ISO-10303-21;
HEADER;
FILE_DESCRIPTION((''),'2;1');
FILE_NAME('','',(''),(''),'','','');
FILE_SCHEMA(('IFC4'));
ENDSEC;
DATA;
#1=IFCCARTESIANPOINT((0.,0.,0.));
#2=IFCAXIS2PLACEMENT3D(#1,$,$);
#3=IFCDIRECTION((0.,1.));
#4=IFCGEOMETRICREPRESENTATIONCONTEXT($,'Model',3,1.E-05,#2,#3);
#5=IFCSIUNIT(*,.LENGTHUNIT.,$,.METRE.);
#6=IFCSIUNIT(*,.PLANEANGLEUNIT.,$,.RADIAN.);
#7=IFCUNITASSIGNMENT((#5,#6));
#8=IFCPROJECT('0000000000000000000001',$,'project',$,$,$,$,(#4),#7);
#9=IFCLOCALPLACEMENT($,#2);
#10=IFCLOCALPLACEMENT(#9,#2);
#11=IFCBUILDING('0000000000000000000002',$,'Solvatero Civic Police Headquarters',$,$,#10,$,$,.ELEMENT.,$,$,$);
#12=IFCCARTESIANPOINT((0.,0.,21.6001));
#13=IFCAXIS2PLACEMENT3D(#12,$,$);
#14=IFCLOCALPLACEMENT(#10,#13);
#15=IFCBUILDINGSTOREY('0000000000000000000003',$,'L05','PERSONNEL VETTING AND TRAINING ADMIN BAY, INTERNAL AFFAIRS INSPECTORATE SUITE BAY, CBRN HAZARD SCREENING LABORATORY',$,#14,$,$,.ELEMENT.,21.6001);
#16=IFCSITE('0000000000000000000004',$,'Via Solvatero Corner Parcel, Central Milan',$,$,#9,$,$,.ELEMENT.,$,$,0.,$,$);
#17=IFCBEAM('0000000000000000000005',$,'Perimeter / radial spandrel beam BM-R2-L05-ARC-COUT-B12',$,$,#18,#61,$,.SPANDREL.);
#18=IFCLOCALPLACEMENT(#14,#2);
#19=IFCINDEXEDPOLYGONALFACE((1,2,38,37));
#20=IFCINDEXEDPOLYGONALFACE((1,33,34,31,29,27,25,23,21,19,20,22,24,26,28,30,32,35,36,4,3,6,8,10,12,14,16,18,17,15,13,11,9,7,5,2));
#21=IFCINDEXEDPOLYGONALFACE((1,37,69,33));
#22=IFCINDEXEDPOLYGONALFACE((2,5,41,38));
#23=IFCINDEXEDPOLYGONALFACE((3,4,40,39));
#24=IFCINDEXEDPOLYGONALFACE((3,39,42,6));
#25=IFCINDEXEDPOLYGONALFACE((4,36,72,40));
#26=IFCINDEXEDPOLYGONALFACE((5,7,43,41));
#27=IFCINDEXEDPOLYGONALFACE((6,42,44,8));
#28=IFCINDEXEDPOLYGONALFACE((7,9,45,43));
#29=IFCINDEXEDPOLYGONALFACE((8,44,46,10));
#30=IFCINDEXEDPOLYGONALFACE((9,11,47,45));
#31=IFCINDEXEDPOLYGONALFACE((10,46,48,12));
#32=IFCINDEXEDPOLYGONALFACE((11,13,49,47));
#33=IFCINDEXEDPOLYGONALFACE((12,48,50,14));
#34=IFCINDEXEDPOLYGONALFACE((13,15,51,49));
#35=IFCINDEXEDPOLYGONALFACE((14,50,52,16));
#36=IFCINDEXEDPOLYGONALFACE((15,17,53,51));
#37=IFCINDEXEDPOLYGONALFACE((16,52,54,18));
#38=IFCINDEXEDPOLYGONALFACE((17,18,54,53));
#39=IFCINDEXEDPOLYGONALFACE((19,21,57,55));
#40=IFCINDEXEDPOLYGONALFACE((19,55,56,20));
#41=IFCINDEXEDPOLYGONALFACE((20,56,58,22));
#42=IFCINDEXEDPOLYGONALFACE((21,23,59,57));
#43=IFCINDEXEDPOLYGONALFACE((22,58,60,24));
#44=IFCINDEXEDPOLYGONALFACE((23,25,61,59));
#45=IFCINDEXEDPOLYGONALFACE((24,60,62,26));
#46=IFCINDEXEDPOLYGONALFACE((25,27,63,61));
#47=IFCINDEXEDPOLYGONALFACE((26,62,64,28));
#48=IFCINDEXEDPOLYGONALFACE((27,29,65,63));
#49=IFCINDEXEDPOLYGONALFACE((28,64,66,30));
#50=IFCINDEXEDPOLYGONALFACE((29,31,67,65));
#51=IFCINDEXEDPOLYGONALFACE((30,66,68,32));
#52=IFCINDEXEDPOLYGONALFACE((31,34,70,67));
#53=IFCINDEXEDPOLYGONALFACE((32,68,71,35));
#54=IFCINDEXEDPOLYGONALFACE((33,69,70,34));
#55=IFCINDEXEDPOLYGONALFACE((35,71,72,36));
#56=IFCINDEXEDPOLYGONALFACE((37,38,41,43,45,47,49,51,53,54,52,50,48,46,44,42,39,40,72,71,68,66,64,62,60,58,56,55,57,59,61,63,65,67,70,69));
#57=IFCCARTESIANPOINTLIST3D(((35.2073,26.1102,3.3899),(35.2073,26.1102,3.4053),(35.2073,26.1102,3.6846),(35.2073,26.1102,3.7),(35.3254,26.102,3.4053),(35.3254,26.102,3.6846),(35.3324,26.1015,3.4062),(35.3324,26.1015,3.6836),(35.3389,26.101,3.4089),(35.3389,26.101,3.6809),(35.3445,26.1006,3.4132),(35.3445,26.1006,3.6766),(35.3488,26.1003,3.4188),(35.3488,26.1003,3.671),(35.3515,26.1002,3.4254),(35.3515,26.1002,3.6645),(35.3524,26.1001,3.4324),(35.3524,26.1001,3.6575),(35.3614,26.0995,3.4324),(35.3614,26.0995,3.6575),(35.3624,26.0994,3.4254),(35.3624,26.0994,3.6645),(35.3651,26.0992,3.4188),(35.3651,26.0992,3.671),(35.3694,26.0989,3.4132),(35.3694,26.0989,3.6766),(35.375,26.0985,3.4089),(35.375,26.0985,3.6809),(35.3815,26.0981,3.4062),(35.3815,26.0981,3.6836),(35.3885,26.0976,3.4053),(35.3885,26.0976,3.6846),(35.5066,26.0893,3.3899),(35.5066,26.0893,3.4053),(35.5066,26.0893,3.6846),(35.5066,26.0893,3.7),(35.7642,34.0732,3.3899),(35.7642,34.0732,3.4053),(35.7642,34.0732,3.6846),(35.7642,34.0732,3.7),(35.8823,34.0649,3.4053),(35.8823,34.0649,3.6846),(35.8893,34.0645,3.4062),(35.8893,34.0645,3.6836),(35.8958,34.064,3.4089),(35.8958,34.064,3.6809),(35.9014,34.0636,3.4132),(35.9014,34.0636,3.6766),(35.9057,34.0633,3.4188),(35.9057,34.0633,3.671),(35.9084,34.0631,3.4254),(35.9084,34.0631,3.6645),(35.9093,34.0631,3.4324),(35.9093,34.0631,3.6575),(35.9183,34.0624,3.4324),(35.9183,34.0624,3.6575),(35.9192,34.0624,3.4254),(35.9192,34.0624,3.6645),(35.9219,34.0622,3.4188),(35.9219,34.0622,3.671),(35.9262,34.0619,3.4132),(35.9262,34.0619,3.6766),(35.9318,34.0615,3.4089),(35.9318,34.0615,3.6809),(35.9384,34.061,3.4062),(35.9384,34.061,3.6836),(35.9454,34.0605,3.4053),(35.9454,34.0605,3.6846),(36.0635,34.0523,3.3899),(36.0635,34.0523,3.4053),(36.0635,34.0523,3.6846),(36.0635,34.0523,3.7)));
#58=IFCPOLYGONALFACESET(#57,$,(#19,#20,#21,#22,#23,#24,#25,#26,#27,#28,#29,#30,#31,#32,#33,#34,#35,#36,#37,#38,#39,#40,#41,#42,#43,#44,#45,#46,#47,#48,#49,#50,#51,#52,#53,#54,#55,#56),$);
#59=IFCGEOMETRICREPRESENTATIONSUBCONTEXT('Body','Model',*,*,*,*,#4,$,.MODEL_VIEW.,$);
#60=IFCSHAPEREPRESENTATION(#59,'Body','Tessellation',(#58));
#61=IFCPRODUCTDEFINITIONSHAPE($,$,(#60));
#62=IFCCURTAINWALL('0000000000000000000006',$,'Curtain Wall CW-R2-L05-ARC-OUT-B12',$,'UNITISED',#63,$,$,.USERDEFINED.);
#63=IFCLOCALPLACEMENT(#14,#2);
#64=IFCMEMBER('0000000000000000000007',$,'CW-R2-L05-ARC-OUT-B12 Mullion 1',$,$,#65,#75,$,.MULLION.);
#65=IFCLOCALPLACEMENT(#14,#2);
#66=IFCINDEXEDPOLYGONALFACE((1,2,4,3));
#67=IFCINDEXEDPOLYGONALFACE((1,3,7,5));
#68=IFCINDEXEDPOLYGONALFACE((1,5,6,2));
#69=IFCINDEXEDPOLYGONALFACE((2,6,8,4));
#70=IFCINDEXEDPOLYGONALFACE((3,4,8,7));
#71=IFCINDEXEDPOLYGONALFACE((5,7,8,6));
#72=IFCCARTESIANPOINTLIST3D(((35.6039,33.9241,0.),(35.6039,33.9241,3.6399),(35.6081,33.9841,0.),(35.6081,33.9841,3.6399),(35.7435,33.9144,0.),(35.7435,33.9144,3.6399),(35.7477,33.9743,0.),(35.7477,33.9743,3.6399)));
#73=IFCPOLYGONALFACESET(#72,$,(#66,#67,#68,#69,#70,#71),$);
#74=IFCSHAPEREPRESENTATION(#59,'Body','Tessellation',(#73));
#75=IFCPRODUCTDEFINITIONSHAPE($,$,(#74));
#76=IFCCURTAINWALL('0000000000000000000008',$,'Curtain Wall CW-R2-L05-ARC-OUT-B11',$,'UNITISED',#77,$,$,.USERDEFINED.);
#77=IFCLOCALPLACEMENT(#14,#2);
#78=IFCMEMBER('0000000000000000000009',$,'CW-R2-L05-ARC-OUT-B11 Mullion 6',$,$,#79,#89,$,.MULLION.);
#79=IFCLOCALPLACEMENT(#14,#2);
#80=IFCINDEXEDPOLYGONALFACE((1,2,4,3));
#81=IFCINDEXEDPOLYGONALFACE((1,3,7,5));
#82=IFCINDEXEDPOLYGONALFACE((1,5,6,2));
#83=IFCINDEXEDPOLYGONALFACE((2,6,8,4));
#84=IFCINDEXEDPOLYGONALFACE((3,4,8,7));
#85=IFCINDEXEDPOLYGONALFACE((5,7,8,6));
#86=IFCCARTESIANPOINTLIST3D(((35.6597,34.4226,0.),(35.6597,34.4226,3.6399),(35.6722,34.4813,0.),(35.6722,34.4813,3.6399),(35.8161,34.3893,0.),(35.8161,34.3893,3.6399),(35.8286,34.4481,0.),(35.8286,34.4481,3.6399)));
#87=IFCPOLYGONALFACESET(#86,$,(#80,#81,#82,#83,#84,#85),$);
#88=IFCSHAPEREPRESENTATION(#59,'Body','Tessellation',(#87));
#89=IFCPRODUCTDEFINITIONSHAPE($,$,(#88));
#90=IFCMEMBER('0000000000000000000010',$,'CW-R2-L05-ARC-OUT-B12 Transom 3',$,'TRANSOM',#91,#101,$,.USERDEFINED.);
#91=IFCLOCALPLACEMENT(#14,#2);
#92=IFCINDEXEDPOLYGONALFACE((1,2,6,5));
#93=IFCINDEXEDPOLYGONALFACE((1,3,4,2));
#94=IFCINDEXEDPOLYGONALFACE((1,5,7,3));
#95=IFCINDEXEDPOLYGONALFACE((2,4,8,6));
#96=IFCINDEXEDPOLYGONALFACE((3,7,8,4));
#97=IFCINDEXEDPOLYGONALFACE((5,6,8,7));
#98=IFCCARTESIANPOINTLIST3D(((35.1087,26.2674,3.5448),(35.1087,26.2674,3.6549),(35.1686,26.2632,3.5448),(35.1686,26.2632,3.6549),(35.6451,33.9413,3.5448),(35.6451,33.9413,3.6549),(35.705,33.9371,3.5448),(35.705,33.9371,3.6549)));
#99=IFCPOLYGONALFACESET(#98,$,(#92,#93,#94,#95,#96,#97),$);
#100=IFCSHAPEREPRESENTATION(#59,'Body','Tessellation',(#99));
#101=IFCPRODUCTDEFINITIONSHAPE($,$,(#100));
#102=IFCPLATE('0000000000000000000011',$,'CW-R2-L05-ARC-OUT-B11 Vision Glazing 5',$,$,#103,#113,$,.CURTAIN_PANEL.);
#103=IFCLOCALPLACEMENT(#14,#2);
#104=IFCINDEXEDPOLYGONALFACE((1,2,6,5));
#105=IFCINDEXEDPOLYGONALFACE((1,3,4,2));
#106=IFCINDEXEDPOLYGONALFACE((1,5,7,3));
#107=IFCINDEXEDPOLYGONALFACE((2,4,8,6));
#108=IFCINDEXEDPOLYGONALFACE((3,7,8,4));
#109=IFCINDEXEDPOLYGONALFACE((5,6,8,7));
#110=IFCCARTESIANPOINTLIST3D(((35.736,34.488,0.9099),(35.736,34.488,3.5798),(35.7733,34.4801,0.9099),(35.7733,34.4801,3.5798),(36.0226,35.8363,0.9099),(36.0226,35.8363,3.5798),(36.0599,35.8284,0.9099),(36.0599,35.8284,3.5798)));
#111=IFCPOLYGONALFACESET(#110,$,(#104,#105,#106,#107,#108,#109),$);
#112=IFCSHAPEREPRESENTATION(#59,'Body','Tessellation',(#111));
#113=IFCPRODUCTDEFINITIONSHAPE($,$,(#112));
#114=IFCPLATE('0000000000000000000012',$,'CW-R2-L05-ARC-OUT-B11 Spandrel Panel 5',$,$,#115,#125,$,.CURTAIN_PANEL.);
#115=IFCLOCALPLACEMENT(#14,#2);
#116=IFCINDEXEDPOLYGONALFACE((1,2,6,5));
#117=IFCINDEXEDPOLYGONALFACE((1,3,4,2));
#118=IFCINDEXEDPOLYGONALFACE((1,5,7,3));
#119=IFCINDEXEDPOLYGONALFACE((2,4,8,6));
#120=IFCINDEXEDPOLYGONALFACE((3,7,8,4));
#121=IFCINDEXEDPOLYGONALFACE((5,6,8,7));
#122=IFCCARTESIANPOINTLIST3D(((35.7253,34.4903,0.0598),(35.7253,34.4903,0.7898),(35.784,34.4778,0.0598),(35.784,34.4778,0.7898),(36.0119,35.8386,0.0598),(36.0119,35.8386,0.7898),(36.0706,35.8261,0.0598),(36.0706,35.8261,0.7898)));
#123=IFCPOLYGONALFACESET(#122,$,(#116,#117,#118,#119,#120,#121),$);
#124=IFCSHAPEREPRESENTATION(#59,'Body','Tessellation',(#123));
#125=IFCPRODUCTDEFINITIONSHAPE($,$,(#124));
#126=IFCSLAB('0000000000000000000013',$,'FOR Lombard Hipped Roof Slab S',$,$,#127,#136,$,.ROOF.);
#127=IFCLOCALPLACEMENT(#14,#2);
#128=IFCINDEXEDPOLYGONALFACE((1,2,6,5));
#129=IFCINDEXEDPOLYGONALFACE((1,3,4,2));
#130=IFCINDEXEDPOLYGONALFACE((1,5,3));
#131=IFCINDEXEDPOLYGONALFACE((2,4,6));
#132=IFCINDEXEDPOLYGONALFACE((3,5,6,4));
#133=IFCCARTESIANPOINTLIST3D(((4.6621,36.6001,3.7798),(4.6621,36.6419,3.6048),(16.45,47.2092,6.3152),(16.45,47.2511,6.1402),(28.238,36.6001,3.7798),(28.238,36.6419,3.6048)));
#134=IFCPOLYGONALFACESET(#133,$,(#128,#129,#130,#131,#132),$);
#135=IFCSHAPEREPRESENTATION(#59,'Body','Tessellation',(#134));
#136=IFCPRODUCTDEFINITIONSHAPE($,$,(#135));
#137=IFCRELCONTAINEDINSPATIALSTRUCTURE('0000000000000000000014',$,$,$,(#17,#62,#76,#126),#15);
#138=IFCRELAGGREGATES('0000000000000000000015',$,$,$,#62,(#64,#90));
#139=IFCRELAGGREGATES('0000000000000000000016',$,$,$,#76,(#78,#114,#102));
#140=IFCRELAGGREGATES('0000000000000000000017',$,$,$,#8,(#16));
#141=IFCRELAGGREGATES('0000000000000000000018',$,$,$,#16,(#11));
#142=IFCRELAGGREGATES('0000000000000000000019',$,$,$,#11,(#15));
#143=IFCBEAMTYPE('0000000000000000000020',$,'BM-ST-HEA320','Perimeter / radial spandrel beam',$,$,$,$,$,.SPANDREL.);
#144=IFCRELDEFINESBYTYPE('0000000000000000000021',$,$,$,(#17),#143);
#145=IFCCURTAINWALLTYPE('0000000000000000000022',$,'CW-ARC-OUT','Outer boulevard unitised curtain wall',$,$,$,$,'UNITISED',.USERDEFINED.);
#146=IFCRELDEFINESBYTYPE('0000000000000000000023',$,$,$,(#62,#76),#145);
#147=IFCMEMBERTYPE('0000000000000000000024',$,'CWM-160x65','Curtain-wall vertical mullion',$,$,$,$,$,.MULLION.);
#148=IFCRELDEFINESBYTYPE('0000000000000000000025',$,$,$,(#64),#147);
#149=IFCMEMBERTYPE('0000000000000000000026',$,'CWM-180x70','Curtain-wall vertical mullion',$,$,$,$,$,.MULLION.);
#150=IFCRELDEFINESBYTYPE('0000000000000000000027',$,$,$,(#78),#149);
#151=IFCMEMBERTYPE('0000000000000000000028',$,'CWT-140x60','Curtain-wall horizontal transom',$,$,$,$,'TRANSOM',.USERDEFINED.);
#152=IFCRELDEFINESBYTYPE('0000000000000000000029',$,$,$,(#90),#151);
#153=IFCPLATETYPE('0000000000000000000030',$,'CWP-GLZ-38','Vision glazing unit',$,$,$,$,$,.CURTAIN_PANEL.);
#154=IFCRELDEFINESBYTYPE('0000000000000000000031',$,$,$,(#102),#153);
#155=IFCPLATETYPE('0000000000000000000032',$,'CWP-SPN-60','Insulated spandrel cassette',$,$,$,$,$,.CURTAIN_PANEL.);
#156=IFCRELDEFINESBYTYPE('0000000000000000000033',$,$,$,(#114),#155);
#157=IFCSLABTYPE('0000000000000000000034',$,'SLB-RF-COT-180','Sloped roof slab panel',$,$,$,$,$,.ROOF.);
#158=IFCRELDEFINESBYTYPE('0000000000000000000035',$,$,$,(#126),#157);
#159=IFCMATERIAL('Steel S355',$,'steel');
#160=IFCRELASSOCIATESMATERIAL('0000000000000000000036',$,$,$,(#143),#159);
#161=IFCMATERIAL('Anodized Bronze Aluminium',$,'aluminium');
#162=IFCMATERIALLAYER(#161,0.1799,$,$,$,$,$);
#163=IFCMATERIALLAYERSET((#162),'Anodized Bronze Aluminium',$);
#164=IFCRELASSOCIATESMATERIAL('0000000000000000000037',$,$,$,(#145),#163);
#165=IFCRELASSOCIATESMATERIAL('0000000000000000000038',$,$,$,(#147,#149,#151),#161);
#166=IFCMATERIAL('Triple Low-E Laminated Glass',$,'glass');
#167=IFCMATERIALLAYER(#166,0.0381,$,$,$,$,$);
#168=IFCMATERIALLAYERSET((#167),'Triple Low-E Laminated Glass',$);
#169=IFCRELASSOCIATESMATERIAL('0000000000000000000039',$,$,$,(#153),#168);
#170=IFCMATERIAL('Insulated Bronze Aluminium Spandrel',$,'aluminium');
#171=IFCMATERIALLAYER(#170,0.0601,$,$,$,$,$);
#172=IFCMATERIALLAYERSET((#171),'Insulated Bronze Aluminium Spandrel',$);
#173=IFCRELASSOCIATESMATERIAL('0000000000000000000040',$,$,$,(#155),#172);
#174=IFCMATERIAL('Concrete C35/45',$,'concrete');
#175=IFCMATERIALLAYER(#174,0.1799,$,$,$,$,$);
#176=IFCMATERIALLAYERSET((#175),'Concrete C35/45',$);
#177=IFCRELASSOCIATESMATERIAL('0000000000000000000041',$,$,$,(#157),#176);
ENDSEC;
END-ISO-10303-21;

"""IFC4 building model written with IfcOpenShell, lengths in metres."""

from ifc_helpers import new_model, si_unit, direction, frame, origin, origin_2d, place, context, subcontext, project, spatial, polyline, rectangle, i_section, outline, extrude, material, layer, layer_set, material_profile, profile_set, type_object, element, aggregate, save


model = new_model("IFC4")

# Units and contexts
model_context = context("Model", 3, precision=1e-05, world=origin(), true_north=direction((0.0, 1.0)))
body_context = subcontext(model_context, "Body", "Model", "MODEL_VIEW")
ifc_project = project(units=[si_unit("LENGTHUNIT", "METRE"), si_unit("PLANEANGLEUNIT", "RADIAN")], contexts=[model_context])

# Site, building, storey
site_placement = place(None, origin())
site = spatial("IfcSite", under=ifc_project, at=site_placement, Name="Via Solvatero Corner Parcel, Central Milan", CompositionType="ELEMENT", RefElevation=0.0)
building_placement = place(site_placement, origin())
building = spatial("IfcBuilding", under=site, at=building_placement, Name="Solvatero Civic Police Headquarters", CompositionType="ELEMENT")
storey_placement = place(building_placement, frame((0.0, 0.0, 21.6001)))
storey = spatial("IfcBuildingStorey", under=building, at=storey_placement, Name="L05", Description="PERSONNEL VETTING AND TRAINING ADMIN BAY, INTERNAL AFFAIRS INSPECTORATE SUITE BAY, CBRN HAZARD SCREENING LABORATORY", CompositionType="ELEMENT", Elevation=21.6001)

# Beam
ifc_material_1 = material(Name="Steel S355", Category="steel")
ifc_material_profile_1 = material_profile(ifc_material_1, i_section(OverallWidth=0.3, OverallDepth=0.3101, WebThickness=0.009, FlangeThickness=0.0154, FilletRadius=0.0271, at=origin_2d()), Name="HEA 320")
ifc_profile_set_1 = profile_set([ifc_material_profile_1], Name="Steel S355")
beam_type = type_object("IfcBeamType", Name="BM-ST-HEA320", Description="Perimeter / radial spandrel beam", PredefinedType="SPANDREL", material=ifc_profile_set_1)
beam_placement = place(storey_placement, frame((35.9138, 34.0627, 3.5449), z_axis=(-0.069765, -0.997563, 0.0), x_axis=(0.997563, -0.069765, 0.0)))
element("IfcBeam", 1, at=beam_placement, inside=storey, type_object=beam_type, Name="Perimeter / radial spandrel beam BM-R2-L05-ARC-COUT-B12", PredefinedType="SPANDREL", context=body_context, shape_type="SweptSolid", body=[
    extrude(i_section(OverallWidth=0.3, OverallDepth=0.3101, WebThickness=0.009, FlangeThickness=0.0154, FilletRadius=0.0271, at=origin_2d()), origin(), (0.0, 0.0, 1.0), 7.9824),
])

# Curtain walls, members
ifc_material_2 = material(Name="Anodized Bronze Aluminium", Category="aluminium")
ifc_layer_1 = layer(ifc_material_2, 0.1799)
ifc_layer_set_1 = layer_set([ifc_layer_1], Name="Anodized Bronze Aluminium")
curtain_wall_type = type_object("IfcCurtainWallType", Name="CW-ARC-OUT", Description="Outer boulevard unitised curtain wall", ElementType="UNITISED", PredefinedType="USERDEFINED", material=ifc_layer_set_1)
curtain_wall_1_placement = place(storey_placement, origin())
curtain_wall_1 = element("IfcCurtainWall", 2, at=curtain_wall_1_placement, inside=storey, type_object=curtain_wall_type, Name="Curtain Wall CW-R2-L05-ARC-OUT-B12", ObjectType="UNITISED", PredefinedType="USERDEFINED")
ifc_material_profile_2 = material_profile(ifc_material_2, rectangle(XDim=0.0601, YDim=0.1399, at=origin_2d()), Name="ALU MULLION 60x140")
ifc_profile_set_2 = profile_set([ifc_material_profile_2], Name="Anodized Bronze Aluminium")
member_type_1 = type_object("IfcMemberType", Name="CWM-160x65", Description="Curtain-wall vertical mullion", PredefinedType="MULLION", material=ifc_profile_set_2)
member_1_placement = place(storey_placement, frame((35.6758, 33.9492, 0.0), z_axis=(0.0, 0.0, 1.0), x_axis=(-0.069739, -0.997565, 0.0)))
member_1 = element("IfcMember", 3, at=member_1_placement, type_object=member_type_1, Name="CW-R2-L05-ARC-OUT-B12 Mullion 1", PredefinedType="MULLION", context=body_context, shape_type="SweptSolid", body=[
    extrude(rectangle(XDim=0.0601, YDim=0.1399, at=origin_2d()), origin(), (0.0, 0.0, 1.0), 3.6399),
])
curtain_wall_2_placement = place(storey_placement, origin())
curtain_wall_2 = element("IfcCurtainWall", 4, at=curtain_wall_2_placement, inside=storey, type_object=curtain_wall_type, Name="Curtain Wall CW-R2-L05-ARC-OUT-B11", ObjectType="UNITISED", PredefinedType="USERDEFINED")
ifc_material_profile_3 = material_profile(ifc_material_2, rectangle(XDim=0.0601, YDim=0.1599, at=origin_2d()), Name="ALU MULLION 60x160")
ifc_profile_set_3 = profile_set([ifc_material_profile_3], Name="Anodized Bronze Aluminium")
member_type_2 = type_object("IfcMemberType", Name="CWM-180x70", Description="Curtain-wall vertical mullion", PredefinedType="MULLION", material=ifc_profile_set_3)
member_2_placement = place(storey_placement, frame((35.7441, 34.4353, 0.0), z_axis=(0.0, 0.0, 1.0), x_axis=(-0.207912, -0.978148, 0.0)))
member_2 = element("IfcMember", 5, at=member_2_placement, type_object=member_type_2, Name="CW-R2-L05-ARC-OUT-B11 Mullion 6", PredefinedType="MULLION", context=body_context, shape_type="SweptSolid", body=[
    extrude(rectangle(XDim=0.0601, YDim=0.1599, at=origin_2d()), origin(), (0.0, 0.0, 1.0), 3.6399),
])

# Member
ifc_material_profile_4 = material_profile(ifc_material_2, rectangle(XDim=0.0601, YDim=0.1101, at=origin_2d()), Name="ALU TRANSOM 60x110")
ifc_profile_set_4 = profile_set([ifc_material_profile_4], Name="Anodized Bronze Aluminium")
member_type_3 = type_object("IfcMemberType", Name="CWT-140x60", Description="Curtain-wall horizontal transom", ElementType="TRANSOM", PredefinedType="USERDEFINED", material=ifc_profile_set_4)
member_3_placement = place(storey_placement, frame((35.675, 33.9392, 3.5999), z_axis=(-0.069727, -0.997566, 0.0), x_axis=(0.997566, -0.069727, 0.0)))
member_3 = element("IfcMember", 6, at=member_3_placement, type_object=member_type_3, Name="CW-R2-L05-ARC-OUT-B12 Transom 3", ObjectType="TRANSOM", PredefinedType="USERDEFINED", context=body_context, shape_type="SweptSolid", body=[
    extrude(rectangle(XDim=0.0601, YDim=0.1101, at=origin_2d()), origin(), (0.0, 0.0, 1.0), 7.6926),
])
aggregate(curtain_wall_1, [member_1, member_3])

# Plates
ifc_material_3 = material(Name="Triple Low-E Laminated Glass", Category="glass")
ifc_layer_2 = layer(ifc_material_3, 0.0381)
ifc_layer_set_2 = layer_set([ifc_layer_2], Name="Triple Low-E Laminated Glass")
plate_type_1 = type_object("IfcPlateType", Name="CWP-GLZ-38", Description="Vision glazing unit", PredefinedType="CURTAIN_PANEL", material=ifc_layer_set_2)
plate_1_placement = place(storey_placement, frame((35.8979, 35.1582, 0.9099), z_axis=(0.0, 0.0, 1.0), x_axis=(-0.207912, -0.978148, 0.0)))
plate_1 = element("IfcPlate", 7, at=plate_1_placement, type_object=plate_type_1, Name="CW-R2-L05-ARC-OUT-B11 Vision Glazing 5", PredefinedType="CURTAIN_PANEL", context=body_context, shape_type="SweptSolid", body=[
    extrude(rectangle(XDim=1.3784, YDim=0.0381, at=origin_2d()), origin(), (0.0, 0.0, 1.0), 2.6699),
])
ifc_material_4 = material(Name="Insulated Bronze Aluminium Spandrel", Category="aluminium")
ifc_layer_3 = layer(ifc_material_4, 0.0601)
ifc_layer_set_3 = layer_set([ifc_layer_3], Name="Insulated Bronze Aluminium Spandrel")
plate_type_2 = type_object("IfcPlateType", Name="CWP-SPN-60", Description="Insulated spandrel cassette", PredefinedType="CURTAIN_PANEL", material=ifc_layer_set_3)
plate_2_placement = place(storey_placement, frame((35.8979, 35.1582, 0.0598), z_axis=(0.0, 0.0, 1.0), x_axis=(-0.207912, -0.978148, 0.0)))
plate_2 = element("IfcPlate", 8, at=plate_2_placement, type_object=plate_type_2, Name="CW-R2-L05-ARC-OUT-B11 Spandrel Panel 5", PredefinedType="CURTAIN_PANEL", context=body_context, shape_type="SweptSolid", body=[
    extrude(rectangle(XDim=1.3784, YDim=0.0601, at=origin_2d()), origin(), (0.0, 0.0, 1.0), 0.73),
])
aggregate(curtain_wall_2, [member_2, plate_2, plate_1])

# Slab
ifc_material_5 = material(Name="Concrete C35/45", Category="concrete")
ifc_layer_4 = layer(ifc_material_5, 0.1799)
ifc_layer_set_4 = layer_set([ifc_layer_4], Name="Concrete C35/45")
slab_type = type_object("IfcSlabType", Name="SLB-RF-COT-180", Description="Sloped roof slab panel", PredefinedType="ROOF", material=ifc_layer_set_4)
slab_placement = place(storey_placement, frame((28.238, 36.6001, 3.7798), z_axis=(0.0, -0.232437, 0.972611), x_axis=(-1.0, 0.0, 0.0)))
element("IfcSlab", 9, at=slab_placement, inside=storey, type_object=slab_type, Name="FOR Lombard Hipped Roof Slab S", PredefinedType="ROOF", context=body_context, shape_type="SweptSolid", body=[
    extrude(outline(polyline([(0.0, 0.0), (23.5759, 0.0), (11.7881, -10.9079), (0.0, 0.0)])), origin(), (0.0, 0.0, -1.0), 0.1799),
])

save(model, "model.ifc")
